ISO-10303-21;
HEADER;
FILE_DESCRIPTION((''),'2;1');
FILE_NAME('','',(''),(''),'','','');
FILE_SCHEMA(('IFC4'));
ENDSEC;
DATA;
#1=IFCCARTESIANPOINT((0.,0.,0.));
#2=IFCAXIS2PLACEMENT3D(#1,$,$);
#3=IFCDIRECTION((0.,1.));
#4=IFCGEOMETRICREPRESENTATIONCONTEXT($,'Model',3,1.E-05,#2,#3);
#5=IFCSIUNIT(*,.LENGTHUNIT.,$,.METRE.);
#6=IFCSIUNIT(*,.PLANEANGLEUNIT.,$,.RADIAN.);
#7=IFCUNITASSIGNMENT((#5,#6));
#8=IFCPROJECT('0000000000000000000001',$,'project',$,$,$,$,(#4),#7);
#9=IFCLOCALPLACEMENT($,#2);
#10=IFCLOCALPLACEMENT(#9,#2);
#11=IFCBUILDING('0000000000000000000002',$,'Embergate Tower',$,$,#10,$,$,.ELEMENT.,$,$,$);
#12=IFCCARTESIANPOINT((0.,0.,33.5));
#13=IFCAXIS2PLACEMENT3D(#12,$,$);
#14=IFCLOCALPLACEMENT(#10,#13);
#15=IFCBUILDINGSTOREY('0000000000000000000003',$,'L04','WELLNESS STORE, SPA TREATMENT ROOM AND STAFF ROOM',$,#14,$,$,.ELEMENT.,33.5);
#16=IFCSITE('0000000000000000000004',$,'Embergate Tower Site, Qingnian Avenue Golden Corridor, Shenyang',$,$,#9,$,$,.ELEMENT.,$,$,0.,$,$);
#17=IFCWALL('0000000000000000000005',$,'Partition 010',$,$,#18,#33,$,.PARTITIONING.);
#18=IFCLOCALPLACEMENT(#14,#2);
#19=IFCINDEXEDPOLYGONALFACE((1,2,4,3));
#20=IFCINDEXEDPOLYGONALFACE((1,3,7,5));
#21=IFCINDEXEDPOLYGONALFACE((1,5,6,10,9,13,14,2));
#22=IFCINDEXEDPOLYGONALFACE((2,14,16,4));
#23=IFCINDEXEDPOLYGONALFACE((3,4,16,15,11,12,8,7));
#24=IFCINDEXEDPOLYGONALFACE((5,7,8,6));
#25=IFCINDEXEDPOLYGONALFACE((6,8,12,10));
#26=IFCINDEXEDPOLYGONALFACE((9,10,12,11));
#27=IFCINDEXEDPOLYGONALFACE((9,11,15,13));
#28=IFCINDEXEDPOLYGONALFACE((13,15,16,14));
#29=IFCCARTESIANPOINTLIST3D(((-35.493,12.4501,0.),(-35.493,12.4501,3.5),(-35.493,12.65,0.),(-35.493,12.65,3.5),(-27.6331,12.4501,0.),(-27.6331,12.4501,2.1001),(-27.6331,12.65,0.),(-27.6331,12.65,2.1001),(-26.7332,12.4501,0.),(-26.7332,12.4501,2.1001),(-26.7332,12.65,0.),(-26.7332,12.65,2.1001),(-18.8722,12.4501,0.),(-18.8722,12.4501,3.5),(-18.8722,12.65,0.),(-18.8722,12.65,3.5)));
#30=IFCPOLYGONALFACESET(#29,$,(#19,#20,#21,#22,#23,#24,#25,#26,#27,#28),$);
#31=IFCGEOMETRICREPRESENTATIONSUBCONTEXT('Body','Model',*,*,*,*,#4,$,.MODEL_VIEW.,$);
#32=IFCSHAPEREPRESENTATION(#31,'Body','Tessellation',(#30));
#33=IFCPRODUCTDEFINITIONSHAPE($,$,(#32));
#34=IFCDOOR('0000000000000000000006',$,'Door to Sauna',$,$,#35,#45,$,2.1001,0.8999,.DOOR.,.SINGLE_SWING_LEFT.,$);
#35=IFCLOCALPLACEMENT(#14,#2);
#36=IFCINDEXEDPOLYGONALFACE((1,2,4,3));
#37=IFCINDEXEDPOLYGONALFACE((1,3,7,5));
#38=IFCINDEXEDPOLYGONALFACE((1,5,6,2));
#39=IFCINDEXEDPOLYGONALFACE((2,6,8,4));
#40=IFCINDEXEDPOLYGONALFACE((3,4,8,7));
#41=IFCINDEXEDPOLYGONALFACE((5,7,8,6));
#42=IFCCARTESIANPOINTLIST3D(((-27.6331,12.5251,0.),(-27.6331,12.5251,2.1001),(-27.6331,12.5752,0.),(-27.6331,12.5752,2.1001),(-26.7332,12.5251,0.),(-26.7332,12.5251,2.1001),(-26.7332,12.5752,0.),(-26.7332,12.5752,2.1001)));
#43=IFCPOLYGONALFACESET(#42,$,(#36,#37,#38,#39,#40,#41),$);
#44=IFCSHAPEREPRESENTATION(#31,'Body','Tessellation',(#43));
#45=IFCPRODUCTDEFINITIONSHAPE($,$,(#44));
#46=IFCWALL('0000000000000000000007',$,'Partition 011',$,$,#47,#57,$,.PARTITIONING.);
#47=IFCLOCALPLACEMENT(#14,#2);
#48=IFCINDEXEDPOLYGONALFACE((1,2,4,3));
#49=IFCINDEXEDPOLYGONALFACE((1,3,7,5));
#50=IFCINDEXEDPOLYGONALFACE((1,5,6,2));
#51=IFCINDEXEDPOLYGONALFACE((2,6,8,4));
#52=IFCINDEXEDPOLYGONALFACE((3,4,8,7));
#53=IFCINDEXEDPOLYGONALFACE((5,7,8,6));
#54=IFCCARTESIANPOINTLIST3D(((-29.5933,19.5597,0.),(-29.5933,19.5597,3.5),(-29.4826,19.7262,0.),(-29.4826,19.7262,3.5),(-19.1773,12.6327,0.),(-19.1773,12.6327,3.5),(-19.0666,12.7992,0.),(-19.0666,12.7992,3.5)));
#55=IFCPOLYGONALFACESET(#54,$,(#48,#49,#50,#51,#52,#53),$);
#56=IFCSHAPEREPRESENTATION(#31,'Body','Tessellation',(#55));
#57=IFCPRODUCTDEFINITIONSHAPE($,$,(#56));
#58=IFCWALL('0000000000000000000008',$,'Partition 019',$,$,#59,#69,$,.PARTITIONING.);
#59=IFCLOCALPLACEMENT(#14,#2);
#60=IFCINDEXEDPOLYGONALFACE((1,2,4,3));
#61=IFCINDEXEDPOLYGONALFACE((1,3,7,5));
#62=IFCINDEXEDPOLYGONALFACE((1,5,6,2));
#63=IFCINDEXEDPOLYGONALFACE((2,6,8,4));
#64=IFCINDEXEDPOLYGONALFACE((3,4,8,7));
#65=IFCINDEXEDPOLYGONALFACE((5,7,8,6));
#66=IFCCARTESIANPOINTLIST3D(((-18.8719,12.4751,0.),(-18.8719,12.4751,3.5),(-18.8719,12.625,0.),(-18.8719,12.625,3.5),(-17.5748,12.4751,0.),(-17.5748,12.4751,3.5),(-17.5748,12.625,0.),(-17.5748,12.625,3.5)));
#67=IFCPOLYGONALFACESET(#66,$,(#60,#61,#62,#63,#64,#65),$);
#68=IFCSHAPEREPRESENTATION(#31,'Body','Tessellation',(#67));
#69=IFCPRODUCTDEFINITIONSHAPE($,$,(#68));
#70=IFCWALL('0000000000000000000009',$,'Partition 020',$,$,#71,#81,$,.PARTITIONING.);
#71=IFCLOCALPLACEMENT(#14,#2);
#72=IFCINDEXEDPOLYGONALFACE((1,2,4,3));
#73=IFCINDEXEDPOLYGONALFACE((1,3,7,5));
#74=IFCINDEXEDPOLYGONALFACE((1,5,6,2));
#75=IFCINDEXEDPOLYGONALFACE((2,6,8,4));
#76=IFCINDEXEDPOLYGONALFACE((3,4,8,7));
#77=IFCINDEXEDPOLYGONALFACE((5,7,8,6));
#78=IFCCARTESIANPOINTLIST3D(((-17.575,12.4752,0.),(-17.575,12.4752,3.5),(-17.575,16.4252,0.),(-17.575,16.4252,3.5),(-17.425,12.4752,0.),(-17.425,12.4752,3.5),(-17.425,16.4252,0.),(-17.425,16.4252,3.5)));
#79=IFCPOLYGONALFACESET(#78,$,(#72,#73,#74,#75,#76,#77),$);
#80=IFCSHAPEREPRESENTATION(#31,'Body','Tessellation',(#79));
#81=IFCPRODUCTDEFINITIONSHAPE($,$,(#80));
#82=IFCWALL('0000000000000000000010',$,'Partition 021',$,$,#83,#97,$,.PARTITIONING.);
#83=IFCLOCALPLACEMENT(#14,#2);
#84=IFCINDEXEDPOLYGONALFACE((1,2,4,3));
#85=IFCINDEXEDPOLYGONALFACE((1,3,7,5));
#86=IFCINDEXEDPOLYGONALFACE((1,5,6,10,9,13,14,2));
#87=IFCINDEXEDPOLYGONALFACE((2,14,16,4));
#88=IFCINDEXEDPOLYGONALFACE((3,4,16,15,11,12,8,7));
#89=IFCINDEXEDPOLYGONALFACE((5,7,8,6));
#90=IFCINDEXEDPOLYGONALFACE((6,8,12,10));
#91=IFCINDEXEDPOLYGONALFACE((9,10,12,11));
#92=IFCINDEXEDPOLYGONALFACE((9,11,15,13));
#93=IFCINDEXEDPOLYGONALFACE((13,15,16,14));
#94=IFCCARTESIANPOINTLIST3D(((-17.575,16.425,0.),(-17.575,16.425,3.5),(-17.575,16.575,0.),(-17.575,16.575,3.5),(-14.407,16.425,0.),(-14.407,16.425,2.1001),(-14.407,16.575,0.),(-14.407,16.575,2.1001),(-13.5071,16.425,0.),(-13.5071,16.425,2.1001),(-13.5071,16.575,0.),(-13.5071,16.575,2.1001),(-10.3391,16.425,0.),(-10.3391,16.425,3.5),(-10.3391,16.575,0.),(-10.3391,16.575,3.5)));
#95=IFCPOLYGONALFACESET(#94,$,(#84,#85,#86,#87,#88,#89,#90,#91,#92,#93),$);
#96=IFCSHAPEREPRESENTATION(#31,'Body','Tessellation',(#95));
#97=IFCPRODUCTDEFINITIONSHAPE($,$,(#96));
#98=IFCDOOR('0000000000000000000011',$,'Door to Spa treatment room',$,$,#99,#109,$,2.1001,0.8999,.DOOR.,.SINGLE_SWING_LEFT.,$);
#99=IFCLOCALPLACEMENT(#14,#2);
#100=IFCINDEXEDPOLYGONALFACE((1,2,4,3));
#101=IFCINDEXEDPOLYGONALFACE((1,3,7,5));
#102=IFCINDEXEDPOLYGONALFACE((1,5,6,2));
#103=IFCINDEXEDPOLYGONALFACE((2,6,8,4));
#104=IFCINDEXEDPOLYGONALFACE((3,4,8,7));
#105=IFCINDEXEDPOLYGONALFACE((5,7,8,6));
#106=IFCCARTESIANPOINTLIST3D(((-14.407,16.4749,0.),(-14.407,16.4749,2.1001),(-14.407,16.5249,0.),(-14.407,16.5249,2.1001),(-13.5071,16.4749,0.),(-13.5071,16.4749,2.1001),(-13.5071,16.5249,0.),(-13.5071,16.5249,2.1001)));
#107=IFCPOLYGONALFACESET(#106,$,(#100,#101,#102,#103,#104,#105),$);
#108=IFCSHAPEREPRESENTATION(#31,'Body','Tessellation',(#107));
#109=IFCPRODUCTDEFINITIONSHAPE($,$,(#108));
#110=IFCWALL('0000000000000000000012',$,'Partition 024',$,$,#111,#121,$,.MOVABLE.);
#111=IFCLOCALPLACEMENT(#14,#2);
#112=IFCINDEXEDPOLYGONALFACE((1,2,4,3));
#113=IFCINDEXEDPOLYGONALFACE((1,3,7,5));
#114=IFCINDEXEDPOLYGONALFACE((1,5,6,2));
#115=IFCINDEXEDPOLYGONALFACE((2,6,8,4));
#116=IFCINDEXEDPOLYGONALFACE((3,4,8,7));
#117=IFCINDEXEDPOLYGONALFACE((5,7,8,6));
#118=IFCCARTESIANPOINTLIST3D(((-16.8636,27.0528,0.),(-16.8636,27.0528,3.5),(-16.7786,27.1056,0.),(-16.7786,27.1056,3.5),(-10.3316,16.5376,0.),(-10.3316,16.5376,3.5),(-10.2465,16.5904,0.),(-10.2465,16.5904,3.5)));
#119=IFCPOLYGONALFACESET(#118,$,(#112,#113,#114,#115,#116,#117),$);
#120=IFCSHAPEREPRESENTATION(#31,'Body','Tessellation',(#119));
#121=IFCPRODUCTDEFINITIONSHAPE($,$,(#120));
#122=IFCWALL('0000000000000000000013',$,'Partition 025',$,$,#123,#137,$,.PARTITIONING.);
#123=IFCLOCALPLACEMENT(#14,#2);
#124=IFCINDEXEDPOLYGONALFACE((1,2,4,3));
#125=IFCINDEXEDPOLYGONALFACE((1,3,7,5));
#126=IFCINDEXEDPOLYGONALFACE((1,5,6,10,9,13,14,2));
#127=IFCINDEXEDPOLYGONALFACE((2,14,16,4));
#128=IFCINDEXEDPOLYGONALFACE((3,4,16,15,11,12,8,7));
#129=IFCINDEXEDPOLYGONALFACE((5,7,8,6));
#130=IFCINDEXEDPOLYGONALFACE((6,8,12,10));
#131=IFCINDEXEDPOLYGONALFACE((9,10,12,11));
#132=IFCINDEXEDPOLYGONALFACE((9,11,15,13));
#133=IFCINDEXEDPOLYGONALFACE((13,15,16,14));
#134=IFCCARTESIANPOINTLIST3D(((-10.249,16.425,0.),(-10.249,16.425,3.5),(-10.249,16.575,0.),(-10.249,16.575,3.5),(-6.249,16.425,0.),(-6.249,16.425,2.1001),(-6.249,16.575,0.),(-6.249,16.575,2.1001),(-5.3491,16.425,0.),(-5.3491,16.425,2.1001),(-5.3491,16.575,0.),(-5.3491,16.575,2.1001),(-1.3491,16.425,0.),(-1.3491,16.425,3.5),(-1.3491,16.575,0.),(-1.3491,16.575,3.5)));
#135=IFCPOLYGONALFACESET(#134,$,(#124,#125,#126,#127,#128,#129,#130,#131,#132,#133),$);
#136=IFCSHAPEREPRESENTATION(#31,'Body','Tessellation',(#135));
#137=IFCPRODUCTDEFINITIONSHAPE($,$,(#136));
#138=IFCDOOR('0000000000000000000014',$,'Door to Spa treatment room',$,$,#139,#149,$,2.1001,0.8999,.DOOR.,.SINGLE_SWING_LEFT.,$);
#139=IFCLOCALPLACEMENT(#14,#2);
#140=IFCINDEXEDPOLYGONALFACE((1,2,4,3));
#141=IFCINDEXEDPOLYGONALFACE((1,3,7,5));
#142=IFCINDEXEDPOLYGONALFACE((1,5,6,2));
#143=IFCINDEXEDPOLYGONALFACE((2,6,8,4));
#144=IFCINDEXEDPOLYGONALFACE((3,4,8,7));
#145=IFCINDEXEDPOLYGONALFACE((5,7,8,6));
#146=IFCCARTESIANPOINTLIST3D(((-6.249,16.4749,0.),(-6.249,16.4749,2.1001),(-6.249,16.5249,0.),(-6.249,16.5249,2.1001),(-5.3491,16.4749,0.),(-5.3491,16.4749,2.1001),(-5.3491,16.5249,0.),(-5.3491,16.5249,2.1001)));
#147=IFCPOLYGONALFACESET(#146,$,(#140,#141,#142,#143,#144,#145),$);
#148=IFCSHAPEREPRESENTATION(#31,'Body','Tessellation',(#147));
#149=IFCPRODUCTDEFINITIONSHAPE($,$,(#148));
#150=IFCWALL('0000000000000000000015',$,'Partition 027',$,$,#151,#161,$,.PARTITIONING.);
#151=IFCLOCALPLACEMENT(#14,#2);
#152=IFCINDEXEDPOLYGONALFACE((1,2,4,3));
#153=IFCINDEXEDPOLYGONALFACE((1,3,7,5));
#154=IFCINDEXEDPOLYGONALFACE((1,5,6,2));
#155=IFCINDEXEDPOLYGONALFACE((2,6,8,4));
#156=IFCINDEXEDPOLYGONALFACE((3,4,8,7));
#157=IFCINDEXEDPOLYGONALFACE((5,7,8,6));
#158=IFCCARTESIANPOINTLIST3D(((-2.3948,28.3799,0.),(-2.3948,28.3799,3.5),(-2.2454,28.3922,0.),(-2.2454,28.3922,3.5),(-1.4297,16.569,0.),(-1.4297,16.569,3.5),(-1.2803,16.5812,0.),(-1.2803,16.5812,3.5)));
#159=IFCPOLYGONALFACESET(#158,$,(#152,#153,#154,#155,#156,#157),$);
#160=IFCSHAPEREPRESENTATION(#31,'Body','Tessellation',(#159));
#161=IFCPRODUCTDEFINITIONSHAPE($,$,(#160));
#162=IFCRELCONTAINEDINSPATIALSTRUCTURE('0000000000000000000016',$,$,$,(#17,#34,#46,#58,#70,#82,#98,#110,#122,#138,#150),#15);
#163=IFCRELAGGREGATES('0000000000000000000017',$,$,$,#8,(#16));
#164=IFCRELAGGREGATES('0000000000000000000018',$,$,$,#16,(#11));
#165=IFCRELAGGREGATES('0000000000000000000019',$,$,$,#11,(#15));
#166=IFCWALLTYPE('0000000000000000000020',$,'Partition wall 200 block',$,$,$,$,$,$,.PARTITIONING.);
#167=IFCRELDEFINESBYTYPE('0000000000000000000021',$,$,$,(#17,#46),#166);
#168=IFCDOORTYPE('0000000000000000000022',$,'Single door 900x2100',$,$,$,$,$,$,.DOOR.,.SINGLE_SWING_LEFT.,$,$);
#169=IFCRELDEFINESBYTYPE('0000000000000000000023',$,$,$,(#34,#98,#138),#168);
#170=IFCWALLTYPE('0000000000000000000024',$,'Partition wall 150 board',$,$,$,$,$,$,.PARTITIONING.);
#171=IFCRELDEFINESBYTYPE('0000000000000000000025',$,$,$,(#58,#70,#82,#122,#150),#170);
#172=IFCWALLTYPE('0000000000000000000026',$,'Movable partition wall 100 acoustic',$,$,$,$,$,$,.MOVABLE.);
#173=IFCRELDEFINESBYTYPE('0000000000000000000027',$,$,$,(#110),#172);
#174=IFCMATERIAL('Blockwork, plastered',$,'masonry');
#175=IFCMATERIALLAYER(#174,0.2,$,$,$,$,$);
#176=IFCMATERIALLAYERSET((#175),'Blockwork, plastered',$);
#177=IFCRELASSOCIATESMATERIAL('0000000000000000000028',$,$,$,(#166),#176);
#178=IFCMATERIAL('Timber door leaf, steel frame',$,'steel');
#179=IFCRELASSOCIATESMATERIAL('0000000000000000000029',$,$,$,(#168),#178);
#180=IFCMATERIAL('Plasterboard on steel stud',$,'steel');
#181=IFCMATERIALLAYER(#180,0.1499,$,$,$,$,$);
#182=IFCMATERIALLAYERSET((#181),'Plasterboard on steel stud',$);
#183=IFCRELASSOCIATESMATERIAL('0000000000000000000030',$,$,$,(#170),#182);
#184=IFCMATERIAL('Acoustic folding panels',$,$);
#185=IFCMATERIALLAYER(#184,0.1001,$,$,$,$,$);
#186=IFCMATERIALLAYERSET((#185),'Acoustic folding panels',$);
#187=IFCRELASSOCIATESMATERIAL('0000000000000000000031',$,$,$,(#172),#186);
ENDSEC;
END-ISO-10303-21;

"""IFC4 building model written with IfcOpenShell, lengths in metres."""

from ifc_helpers import new_model, si_unit, direction, frame, frame_2d, origin, place, context, subcontext, project, spatial, rectangle, extrude, source, transform, mapped, material, layer, layer_set, type_object, element, fill, save


model = new_model("IFC4")

# Units and contexts
model_context = context("Model", 3, precision=1e-05, world=origin(), true_north=direction((0.0, 1.0)))
body_context = subcontext(model_context, "Body", "Model", "MODEL_VIEW")
ifc_project = project(units=[si_unit("LENGTHUNIT", "METRE"), si_unit("PLANEANGLEUNIT", "RADIAN")], contexts=[model_context])

# Site, building, storey
site_placement = place(None, origin())
site = spatial("IfcSite", under=ifc_project, at=site_placement, Name="Embergate Tower Site, Qingnian Avenue Golden Corridor, Shenyang", CompositionType="ELEMENT", RefElevation=0.0)
building_placement = place(site_placement, origin())
building = spatial("IfcBuilding", under=site, at=building_placement, Name="Embergate Tower", CompositionType="ELEMENT")
storey_placement = place(building_placement, frame((0.0, 0.0, 33.5)))
storey = spatial("IfcBuildingStorey", under=building, at=storey_placement, Name="L04", Description="WELLNESS STORE, SPA TREATMENT ROOM AND STAFF ROOM", CompositionType="ELEMENT", Elevation=33.5)

# Wall, opening, door
ifc_material_1 = material(Name="Blockwork, plastered", Category="masonry")
ifc_layer_1 = layer(ifc_material_1, 0.2)
ifc_layer_set_1 = layer_set([ifc_layer_1], Name="Blockwork, plastered")
wall_type_1 = type_object("IfcWallType", Name="Partition wall 200 block", PredefinedType="PARTITIONING", material=ifc_layer_set_1)
shared_shape_1 = source(origin(), body_context, "Body", "SweptSolid", [
    extrude(rectangle(XDim=16.6208, YDim=0.2, at=frame_2d((8.3105, 0.0))), origin(), (0.0, 0.0, 1.0), 3.5),
])
wall_1_placement = place(storey_placement, frame((-18.8721, 12.55, 0.0), z_axis=(0.0, 0.0, 1.0), x_axis=(-1.0, 0.0, 0.0)))
wall_1 = element("IfcWall", 1, at=wall_1_placement, inside=storey, type_object=wall_type_1, Name="Partition 010", PredefinedType="PARTITIONING", context=body_context, shape_type="MappedRepresentation", body=[
    mapped(shared_shape_1, transform((0.0, 0.0, 0.0))),
])
shared_shape_2 = source(origin(), body_context, "Body", "SweptSolid", [
    extrude(rectangle(XDim=0.8999, YDim=2.1001, at=frame_2d((0.45, 1.05))), frame((0.0, 0.1099, 0.0), z_axis=(0.0, -1.0, 0.0), x_axis=(1.0, 0.0, 0.0)), (0.0, 0.0, 1.0), 0.22),
])
opening_1_placement = place(wall_1_placement, frame((7.8611, 0.0, 0.0)))
opening_1 = element("IfcOpeningElement", 2, at=opening_1_placement, cuts=wall_1, PredefinedType="OPENING", context=body_context, shape_type="MappedRepresentation", body=[
    mapped(shared_shape_2, transform((0.0, 0.0, 0.0))),
])
ifc_material_2 = material(Name="Timber door leaf, steel frame", Category="steel")
door_type_1 = type_object("IfcDoorType", Name="Single door 900x2100", OperationType="SINGLE_SWING_LEFT", PredefinedType="DOOR", material=ifc_material_2)
shared_shape_3 = source(origin(), body_context, "Body", "SweptSolid", [
    extrude(rectangle(XDim=0.8999, YDim=2.1001, at=frame_2d((0.45, 1.05))), frame((0.0, 0.0249, 0.0), z_axis=(0.0, -1.0, 0.0), x_axis=(1.0, 0.0, 0.0)), (0.0, 0.0, 1.0), 0.05),
])
door_1_placement = place(opening_1_placement, origin())
door_1 = element("IfcDoor", 3, at=door_1_placement, inside=storey, type_object=door_type_1, Name="Door to Sauna", OperationType="SINGLE_SWING_LEFT", OverallHeight=2.1001, OverallWidth=0.8999, PredefinedType="DOOR", context=body_context, shape_type="MappedRepresentation", body=[
    mapped(shared_shape_3, transform((0.0, 0.0, 0.0))),
])
fill(opening_1, door_1)

# Walls
shared_shape_4 = source(origin(), body_context, "Body", "SweptSolid", [
    extrude(rectangle(XDim=12.509, YDim=0.2, at=frame_2d((6.2544, 0.0))), origin(), (0.0, 0.0, 1.0), 3.5),
])
wall_2_placement = place(storey_placement, frame((-19.1221, 12.7161, 0.0), z_axis=(0.0, 0.0, 1.0), x_axis=(-0.832677, 0.553759, 0.0)))
element("IfcWall", 4, at=wall_2_placement, inside=storey, type_object=wall_type_1, Name="Partition 011", PredefinedType="PARTITIONING", context=body_context, shape_type="MappedRepresentation", body=[
    mapped(shared_shape_4, transform((0.0, 0.0, 0.0))),
])
ifc_material_3 = material(Name="Plasterboard on steel stud", Category="steel")
ifc_layer_2 = layer(ifc_material_3, 0.1499)
ifc_layer_set_2 = layer_set([ifc_layer_2], Name="Plasterboard on steel stud")
wall_type_2 = type_object("IfcWallType", Name="Partition wall 150 board", PredefinedType="PARTITIONING", material=ifc_layer_set_2)
shared_shape_5 = source(origin(), body_context, "Body", "SweptSolid", [
    extrude(rectangle(XDim=1.2971, YDim=0.1499, at=frame_2d((0.6484, 0.0))), origin(), (0.0, 0.0, 1.0), 3.5),
])
wall_3_placement = place(storey_placement, frame((-17.575, 12.55, 0.0), z_axis=(0.0, 0.0, 1.0), x_axis=(-1.0, 0.0, 0.0)))
element("IfcWall", 5, at=wall_3_placement, inside=storey, type_object=wall_type_2, Name="Partition 019", PredefinedType="PARTITIONING", context=body_context, shape_type="MappedRepresentation", body=[
    mapped(shared_shape_5, transform((0.0, 0.0, 0.0))),
])
shared_shape_6 = source(origin(), body_context, "Body", "SweptSolid", [
    extrude(rectangle(XDim=3.95, YDim=0.1499, at=frame_2d((1.9751, 0.0))), origin(), (0.0, 0.0, 1.0), 3.5),
])
wall_4_placement = place(storey_placement, frame((-17.5, 12.4751, 0.0), z_axis=(0.0, 0.0, 1.0), x_axis=(0.0, 1.0, 0.0)))
element("IfcWall", 6, at=wall_4_placement, inside=storey, type_object=wall_type_2, Name="Partition 020", PredefinedType="PARTITIONING", context=body_context, shape_type="MappedRepresentation", body=[
    mapped(shared_shape_6, transform((0.0, 0.0, 0.0))),
])

# Wall, opening, door
shared_shape_7 = source(origin(), body_context, "Body", "SweptSolid", [
    extrude(rectangle(XDim=7.2358, YDim=0.1499, at=frame_2d((3.6179, 0.0))), origin(), (0.0, 0.0, 1.0), 3.5),
])
wall_5_placement = place(storey_placement, frame((-17.575, 16.5, 0.0), z_axis=(0.0, 0.0, 1.0), x_axis=(1.0, 0.0, 0.0)))
wall_5 = element("IfcWall", 7, at=wall_5_placement, inside=storey, type_object=wall_type_2, Name="Partition 021", PredefinedType="PARTITIONING", context=body_context, shape_type="MappedRepresentation", body=[
    mapped(shared_shape_7, transform((0.0, 0.0, 0.0))),
])
shared_shape_8 = source(origin(), body_context, "Body", "SweptSolid", [
    extrude(rectangle(XDim=0.8999, YDim=2.1001, at=frame_2d((0.45, 1.05))), frame((0.0, 0.085, 0.0), z_axis=(0.0, -1.0, 0.0), x_axis=(1.0, 0.0, 0.0)), (0.0, 0.0, 1.0), 0.1699),
])
opening_2_placement = place(wall_5_placement, frame((3.168, 0.0, 0.0)))
opening_2 = element("IfcOpeningElement", 8, at=opening_2_placement, cuts=wall_5, PredefinedType="OPENING", context=body_context, shape_type="MappedRepresentation", body=[
    mapped(shared_shape_8, transform((0.0, 0.0, 0.0))),
])
door_2_placement = place(opening_2_placement, origin())
door_2 = element("IfcDoor", 9, at=door_2_placement, inside=storey, type_object=door_type_1, Name="Door to Spa treatment room", OperationType="SINGLE_SWING_LEFT", OverallHeight=2.1001, OverallWidth=0.8999, PredefinedType="DOOR", context=body_context, shape_type="MappedRepresentation", body=[
    mapped(shared_shape_3, transform((0.0, 0.0, 0.0))),
])
fill(opening_2, door_2)

# Wall
ifc_material_4 = material(Name="Acoustic folding panels")
ifc_layer_3 = layer(ifc_material_4, 0.1001)
ifc_layer_set_3 = layer_set([ifc_layer_3], Name="Acoustic folding panels")
wall_type_3 = type_object("IfcWallType", Name="Movable partition wall 100 acoustic", PredefinedType="MOVABLE", material=ifc_layer_set_3)
shared_shape_9 = source(origin(), body_context, "Body", "SweptSolid", [
    extrude(rectangle(XDim=12.3789, YDim=0.1001, at=frame_2d((6.1895, 0.0))), origin(), (0.0, 0.0, 1.0), 3.5),
])
wall_6_placement = place(storey_placement, frame((-10.2891, 16.564, 0.0), z_axis=(0.0, 0.0, 1.0), x_axis=(-0.527675, 0.849447, 0.0)))
element("IfcWall", 10, at=wall_6_placement, inside=storey, type_object=wall_type_3, Name="Partition 024", PredefinedType="MOVABLE", context=body_context, shape_type="MappedRepresentation", body=[
    mapped(shared_shape_9, transform((0.0, 0.0, 0.0))),
])

# Wall, opening, door
shared_shape_10 = source(origin(), body_context, "Body", "SweptSolid", [
    extrude(rectangle(XDim=8.8999, YDim=0.1499, at=frame_2d((4.45, 0.0))), origin(), (0.0, 0.0, 1.0), 3.5),
])
wall_7_placement = place(storey_placement, frame((-10.249, 16.5, 0.0), z_axis=(0.0, 0.0, 1.0), x_axis=(1.0, 0.0, 0.0)))
wall_7 = element("IfcWall", 11, at=wall_7_placement, inside=storey, type_object=wall_type_2, Name="Partition 025", PredefinedType="PARTITIONING", context=body_context, shape_type="MappedRepresentation", body=[
    mapped(shared_shape_10, transform((0.0, 0.0, 0.0))),
])
opening_3_placement = place(wall_7_placement, frame((4.0, 0.0, 0.0)))
opening_3 = element("IfcOpeningElement", 12, at=opening_3_placement, cuts=wall_7, PredefinedType="OPENING", context=body_context, shape_type="MappedRepresentation", body=[
    mapped(shared_shape_8, transform((0.0, 0.0, 0.0))),
])
door_3_placement = place(opening_3_placement, origin())
door_3 = element("IfcDoor", 13, at=door_3_placement, inside=storey, type_object=door_type_1, Name="Door to Spa treatment room", OperationType="SINGLE_SWING_LEFT", OverallHeight=2.1001, OverallWidth=0.8999, PredefinedType="DOOR", context=body_context, shape_type="MappedRepresentation", body=[
    mapped(shared_shape_3, transform((0.0, 0.0, 0.0))),
])
fill(opening_3, door_3)

# Wall
shared_shape_11 = source(origin(), body_context, "Body", "SweptSolid", [
    extrude(rectangle(XDim=11.8503, YDim=0.1499, at=frame_2d((5.9253, 0.0))), origin(), (0.0, 0.0, 1.0), 3.5),
])
wall_8_placement = place(storey_placement, frame((-1.355, 16.575, 0.0), z_axis=(0.0, 0.0, 1.0), x_axis=(-0.081439, 0.996678, 0.0)))
element("IfcWall", 14, at=wall_8_placement, inside=storey, type_object=wall_type_2, Name="Partition 027", PredefinedType="PARTITIONING", context=body_context, shape_type="MappedRepresentation", body=[
    mapped(shared_shape_11, transform((0.0, 0.0, 0.0))),
])

save(model, "model.ifc")
